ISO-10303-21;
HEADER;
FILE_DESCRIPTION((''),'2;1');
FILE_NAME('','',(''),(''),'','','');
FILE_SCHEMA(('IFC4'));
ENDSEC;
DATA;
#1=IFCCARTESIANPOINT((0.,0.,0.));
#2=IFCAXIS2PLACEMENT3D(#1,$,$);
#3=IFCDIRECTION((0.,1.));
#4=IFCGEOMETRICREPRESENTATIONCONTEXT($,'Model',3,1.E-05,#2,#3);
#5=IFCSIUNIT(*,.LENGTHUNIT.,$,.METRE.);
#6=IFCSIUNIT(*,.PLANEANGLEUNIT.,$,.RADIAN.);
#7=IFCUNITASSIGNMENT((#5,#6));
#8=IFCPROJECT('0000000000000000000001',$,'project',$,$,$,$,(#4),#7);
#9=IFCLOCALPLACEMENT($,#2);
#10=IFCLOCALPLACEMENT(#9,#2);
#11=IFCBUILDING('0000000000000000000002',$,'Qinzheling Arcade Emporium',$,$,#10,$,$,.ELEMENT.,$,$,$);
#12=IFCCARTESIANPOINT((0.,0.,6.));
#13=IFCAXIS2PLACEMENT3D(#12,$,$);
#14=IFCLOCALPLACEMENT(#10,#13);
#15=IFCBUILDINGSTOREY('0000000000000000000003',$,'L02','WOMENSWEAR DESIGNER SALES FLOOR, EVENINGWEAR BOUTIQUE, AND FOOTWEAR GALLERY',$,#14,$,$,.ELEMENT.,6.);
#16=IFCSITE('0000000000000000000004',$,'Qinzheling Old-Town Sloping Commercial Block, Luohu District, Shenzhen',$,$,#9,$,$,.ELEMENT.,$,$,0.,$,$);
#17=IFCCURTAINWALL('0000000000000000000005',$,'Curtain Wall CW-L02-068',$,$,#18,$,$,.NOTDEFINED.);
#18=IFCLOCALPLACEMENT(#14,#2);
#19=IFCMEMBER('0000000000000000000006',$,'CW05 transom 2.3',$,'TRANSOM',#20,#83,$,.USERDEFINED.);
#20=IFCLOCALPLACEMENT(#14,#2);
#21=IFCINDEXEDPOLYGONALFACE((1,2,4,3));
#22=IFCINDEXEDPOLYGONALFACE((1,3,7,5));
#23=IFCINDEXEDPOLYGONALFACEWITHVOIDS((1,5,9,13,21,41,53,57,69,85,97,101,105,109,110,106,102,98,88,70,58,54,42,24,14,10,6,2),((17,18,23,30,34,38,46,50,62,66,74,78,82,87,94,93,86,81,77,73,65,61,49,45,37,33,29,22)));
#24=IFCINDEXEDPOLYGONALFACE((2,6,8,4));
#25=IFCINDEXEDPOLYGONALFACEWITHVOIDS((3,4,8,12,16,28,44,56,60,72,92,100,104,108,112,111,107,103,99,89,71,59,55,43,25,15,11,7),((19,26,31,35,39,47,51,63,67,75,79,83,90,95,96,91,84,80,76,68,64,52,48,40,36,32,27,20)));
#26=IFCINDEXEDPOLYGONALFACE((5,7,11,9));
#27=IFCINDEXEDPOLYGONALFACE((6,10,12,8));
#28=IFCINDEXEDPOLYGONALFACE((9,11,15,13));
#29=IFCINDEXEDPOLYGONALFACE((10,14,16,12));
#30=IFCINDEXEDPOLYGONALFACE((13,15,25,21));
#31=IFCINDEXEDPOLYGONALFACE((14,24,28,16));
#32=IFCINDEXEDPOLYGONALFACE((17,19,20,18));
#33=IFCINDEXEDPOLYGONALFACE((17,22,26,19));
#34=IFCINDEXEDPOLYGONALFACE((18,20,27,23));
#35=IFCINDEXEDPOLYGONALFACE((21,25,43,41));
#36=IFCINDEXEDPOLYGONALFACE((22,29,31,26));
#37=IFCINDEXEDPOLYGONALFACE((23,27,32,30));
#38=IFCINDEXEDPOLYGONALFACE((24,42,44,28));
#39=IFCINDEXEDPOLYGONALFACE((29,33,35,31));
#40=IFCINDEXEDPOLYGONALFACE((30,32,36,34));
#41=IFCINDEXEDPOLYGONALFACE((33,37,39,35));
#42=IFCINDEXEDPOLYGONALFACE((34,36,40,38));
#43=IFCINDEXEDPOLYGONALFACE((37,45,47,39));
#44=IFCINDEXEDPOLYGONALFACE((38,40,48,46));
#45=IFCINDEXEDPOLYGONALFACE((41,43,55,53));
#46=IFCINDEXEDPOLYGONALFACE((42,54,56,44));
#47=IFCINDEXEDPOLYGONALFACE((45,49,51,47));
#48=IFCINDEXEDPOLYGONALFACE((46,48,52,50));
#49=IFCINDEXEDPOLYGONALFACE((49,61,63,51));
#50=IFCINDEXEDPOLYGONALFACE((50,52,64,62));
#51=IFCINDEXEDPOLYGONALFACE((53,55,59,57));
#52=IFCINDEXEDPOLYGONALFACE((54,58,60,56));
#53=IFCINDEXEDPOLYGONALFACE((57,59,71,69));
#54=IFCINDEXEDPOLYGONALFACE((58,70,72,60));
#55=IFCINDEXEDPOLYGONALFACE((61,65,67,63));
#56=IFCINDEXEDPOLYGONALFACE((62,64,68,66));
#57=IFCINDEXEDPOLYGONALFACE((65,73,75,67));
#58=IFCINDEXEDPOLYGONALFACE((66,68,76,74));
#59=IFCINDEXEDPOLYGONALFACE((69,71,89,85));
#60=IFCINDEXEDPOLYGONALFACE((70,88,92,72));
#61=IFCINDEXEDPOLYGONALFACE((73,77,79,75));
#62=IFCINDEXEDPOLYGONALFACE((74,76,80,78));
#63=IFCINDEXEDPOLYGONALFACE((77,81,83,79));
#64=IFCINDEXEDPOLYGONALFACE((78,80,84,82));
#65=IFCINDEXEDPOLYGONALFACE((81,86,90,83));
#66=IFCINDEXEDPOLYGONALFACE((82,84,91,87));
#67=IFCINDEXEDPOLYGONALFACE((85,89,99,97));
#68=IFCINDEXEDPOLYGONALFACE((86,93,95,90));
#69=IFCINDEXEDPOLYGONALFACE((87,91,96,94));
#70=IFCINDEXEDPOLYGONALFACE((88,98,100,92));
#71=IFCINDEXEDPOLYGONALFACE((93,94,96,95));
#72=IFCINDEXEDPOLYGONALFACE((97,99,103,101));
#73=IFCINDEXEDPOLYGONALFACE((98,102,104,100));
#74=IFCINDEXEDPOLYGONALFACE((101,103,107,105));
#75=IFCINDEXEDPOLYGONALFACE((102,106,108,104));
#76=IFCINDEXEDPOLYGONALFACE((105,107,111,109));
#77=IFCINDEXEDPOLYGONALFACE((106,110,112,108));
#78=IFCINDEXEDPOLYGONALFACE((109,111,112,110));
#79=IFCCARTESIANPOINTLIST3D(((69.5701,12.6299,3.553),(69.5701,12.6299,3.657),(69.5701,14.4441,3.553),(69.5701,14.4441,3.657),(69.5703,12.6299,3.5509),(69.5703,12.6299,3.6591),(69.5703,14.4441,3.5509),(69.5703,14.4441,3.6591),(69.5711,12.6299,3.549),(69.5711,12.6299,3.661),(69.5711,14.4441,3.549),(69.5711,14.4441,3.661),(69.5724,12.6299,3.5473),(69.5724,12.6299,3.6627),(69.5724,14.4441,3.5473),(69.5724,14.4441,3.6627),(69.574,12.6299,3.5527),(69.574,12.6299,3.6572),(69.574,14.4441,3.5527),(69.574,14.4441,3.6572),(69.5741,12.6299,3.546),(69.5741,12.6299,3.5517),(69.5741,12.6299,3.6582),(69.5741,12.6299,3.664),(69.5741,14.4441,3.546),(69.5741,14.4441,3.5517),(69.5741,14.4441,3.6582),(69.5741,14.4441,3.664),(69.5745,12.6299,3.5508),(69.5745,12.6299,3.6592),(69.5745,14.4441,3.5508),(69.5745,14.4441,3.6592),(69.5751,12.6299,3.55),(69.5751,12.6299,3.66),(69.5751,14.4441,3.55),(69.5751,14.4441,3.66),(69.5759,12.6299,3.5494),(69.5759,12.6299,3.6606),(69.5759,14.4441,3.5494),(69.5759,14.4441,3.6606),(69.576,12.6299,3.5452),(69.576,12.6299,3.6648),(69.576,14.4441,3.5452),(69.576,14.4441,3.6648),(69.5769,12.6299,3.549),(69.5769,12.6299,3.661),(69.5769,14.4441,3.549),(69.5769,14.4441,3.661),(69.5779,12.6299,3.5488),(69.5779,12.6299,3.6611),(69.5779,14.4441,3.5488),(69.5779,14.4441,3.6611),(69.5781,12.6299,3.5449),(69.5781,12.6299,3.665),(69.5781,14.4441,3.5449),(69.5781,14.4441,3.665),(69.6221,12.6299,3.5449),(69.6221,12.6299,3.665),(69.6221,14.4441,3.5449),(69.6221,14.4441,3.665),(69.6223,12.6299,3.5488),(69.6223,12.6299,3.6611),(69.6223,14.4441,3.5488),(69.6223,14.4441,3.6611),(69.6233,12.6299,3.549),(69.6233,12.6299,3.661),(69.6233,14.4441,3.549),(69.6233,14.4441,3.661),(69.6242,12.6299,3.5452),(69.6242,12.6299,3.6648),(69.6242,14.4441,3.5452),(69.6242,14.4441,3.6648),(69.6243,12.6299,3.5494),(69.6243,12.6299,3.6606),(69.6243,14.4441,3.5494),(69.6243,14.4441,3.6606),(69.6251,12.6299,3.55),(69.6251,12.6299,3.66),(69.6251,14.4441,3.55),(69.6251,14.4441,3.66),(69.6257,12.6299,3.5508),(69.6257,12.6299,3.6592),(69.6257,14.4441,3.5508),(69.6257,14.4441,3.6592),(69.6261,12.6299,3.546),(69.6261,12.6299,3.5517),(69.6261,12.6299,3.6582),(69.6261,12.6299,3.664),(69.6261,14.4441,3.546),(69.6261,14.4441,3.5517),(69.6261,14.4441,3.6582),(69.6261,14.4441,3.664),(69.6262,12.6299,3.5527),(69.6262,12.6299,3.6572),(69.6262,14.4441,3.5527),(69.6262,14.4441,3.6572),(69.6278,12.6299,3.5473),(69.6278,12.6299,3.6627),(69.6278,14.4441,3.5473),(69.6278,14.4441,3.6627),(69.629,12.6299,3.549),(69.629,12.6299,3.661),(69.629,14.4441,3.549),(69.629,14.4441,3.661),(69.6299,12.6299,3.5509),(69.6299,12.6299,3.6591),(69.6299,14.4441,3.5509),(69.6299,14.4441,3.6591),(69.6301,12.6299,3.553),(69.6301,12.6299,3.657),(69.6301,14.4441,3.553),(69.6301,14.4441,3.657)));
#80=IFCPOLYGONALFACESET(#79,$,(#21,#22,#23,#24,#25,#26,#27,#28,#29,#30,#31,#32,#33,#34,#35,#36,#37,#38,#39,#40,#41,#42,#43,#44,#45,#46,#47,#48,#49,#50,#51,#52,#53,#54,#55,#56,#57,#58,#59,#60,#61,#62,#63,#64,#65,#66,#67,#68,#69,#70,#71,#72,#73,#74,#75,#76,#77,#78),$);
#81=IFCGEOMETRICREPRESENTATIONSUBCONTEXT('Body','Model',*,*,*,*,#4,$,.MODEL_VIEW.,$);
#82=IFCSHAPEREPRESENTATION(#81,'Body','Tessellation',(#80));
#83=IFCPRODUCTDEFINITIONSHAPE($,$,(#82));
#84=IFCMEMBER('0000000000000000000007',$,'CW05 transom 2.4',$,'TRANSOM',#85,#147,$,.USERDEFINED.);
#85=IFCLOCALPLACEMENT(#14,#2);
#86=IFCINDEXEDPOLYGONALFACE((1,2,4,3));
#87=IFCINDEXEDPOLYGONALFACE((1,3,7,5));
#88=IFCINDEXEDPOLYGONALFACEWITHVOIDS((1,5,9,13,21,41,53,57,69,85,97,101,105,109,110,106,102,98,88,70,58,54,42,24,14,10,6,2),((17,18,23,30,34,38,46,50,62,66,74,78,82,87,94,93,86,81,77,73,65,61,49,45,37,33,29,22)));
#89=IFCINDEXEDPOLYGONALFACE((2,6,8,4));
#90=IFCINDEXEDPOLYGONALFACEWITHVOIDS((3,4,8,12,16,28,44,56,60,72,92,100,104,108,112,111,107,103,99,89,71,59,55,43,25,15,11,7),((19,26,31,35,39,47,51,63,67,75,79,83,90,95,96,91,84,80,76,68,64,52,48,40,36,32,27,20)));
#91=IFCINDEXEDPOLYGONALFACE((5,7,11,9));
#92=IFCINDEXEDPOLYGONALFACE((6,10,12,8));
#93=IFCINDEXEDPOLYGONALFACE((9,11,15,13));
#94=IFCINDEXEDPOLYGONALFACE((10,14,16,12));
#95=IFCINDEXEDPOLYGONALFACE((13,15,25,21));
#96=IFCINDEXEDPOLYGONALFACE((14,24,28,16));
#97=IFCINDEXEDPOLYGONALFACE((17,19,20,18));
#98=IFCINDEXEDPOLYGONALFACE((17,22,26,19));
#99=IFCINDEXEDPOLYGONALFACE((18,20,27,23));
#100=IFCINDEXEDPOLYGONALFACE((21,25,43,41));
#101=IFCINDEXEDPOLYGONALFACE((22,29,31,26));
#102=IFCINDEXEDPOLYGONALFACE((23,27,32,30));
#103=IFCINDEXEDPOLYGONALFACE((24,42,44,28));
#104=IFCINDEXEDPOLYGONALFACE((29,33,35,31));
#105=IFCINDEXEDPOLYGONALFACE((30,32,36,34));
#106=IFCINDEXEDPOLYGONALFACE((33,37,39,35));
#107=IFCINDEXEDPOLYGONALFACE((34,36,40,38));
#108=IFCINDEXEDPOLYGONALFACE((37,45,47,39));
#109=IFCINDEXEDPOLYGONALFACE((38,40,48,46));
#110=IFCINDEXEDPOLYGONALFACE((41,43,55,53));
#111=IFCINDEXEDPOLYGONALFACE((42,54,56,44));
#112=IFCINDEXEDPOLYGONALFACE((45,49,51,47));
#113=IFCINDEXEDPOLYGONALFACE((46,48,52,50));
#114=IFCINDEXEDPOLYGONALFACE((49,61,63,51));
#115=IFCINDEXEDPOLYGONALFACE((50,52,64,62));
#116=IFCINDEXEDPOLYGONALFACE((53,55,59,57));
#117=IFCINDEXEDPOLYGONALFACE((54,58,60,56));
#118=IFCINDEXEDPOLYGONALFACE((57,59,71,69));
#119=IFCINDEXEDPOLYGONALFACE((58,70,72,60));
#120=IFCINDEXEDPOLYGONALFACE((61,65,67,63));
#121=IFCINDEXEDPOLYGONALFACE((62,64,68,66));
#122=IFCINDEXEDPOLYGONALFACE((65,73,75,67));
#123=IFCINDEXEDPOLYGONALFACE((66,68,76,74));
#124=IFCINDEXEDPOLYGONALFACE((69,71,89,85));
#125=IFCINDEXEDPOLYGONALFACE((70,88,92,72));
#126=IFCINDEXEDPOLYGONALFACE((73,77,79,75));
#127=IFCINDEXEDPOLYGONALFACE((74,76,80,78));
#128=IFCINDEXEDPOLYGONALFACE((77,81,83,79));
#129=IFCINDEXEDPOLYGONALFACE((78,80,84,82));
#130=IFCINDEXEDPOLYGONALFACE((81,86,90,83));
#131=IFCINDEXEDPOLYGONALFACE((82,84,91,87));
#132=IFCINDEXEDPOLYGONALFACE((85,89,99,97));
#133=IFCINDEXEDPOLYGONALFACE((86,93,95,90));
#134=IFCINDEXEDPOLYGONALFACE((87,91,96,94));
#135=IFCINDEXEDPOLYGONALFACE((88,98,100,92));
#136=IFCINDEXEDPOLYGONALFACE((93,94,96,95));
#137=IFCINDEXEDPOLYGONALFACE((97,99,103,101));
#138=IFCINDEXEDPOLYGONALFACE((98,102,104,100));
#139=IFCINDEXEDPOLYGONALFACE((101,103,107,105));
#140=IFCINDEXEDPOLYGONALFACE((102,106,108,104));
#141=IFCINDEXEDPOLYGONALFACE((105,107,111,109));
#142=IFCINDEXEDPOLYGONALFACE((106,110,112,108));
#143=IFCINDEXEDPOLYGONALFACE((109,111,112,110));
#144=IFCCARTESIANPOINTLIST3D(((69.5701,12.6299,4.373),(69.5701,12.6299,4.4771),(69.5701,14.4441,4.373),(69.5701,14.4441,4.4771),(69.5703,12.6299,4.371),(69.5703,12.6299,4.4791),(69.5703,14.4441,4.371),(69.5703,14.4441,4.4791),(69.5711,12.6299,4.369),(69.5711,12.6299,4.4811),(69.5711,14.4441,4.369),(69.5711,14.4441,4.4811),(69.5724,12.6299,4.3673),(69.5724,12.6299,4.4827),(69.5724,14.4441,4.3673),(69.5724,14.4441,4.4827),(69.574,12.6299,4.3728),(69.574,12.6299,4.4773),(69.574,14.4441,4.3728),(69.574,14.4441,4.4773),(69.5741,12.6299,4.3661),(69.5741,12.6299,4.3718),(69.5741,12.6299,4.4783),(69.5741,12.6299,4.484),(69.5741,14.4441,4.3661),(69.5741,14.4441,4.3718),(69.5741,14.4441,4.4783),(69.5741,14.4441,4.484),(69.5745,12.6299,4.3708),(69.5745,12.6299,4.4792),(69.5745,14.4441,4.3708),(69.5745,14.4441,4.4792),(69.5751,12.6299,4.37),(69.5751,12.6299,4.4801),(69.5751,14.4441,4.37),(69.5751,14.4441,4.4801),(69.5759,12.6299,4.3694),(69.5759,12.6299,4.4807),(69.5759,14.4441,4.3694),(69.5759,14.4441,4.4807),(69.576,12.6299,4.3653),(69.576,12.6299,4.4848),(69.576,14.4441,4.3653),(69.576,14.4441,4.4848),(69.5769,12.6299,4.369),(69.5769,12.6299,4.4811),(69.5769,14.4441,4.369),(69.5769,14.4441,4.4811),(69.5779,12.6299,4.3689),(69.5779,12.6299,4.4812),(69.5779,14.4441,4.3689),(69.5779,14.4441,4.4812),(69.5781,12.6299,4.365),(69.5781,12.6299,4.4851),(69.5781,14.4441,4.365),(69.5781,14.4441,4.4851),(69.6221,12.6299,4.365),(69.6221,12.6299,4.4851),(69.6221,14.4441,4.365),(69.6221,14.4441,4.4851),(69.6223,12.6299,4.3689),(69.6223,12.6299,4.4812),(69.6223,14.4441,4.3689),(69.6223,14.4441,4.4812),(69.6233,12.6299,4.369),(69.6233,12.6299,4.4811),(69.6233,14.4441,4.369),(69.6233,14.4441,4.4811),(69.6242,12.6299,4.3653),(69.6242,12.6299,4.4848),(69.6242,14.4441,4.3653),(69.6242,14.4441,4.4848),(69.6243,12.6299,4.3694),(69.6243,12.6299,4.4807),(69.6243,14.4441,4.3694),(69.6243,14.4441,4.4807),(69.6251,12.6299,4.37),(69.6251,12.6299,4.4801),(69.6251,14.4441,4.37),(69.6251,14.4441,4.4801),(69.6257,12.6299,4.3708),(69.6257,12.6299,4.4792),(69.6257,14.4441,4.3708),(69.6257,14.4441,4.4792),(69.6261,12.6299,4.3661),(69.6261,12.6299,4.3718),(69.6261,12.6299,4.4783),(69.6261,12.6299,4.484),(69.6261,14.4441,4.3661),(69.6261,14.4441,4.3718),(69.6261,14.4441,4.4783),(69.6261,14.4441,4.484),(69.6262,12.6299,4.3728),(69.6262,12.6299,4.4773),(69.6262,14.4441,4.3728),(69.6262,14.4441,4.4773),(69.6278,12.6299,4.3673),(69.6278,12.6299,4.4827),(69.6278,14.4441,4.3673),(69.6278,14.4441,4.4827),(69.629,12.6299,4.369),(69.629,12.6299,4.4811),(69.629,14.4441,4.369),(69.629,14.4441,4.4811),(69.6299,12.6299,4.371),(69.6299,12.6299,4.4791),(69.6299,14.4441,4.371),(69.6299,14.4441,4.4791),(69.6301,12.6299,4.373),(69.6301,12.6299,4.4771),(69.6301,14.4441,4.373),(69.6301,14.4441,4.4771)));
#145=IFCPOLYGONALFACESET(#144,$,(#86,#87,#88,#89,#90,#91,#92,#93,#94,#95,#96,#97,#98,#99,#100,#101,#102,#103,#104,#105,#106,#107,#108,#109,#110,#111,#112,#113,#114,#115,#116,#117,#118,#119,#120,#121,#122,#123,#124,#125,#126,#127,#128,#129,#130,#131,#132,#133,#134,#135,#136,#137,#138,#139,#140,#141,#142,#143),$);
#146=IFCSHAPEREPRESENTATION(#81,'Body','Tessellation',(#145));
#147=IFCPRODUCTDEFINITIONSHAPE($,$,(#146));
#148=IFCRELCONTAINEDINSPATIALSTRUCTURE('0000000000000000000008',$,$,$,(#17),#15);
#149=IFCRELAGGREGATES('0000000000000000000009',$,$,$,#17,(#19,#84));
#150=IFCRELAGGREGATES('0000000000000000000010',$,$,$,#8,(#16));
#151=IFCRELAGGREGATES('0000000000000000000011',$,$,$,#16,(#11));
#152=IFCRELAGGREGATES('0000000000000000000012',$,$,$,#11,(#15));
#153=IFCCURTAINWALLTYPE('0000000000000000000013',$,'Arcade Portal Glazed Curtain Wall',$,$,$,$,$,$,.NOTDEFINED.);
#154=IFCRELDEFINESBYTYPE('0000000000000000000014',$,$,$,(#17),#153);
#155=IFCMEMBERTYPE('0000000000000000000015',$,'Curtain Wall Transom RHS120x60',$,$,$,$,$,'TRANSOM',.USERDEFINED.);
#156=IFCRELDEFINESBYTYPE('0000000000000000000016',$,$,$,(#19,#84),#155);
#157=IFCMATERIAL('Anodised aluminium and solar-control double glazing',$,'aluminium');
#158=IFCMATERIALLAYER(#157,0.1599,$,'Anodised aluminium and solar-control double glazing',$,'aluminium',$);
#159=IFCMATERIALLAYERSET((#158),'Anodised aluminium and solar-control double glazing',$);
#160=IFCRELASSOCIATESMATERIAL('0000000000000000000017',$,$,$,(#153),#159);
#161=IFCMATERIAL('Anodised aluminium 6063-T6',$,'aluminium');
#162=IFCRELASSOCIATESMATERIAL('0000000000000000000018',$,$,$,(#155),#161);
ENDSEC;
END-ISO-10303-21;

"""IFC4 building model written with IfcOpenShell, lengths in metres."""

from ifc_helpers import new_model, si_unit, direction, frame, origin, origin_2d, place, context, subcontext, project, spatial, hollow_rectangle, extrude, material, layer, layer_set, material_profile, profile_set, type_object, element, aggregate, save


model = new_model("IFC4")

# Units and contexts
model_context = context("Model", 3, precision=1e-05, world=origin(), true_north=direction((0.0, 1.0)))
body_context = subcontext(model_context, "Body", "Model", "MODEL_VIEW")
ifc_project = project(units=[si_unit("LENGTHUNIT", "METRE"), si_unit("PLANEANGLEUNIT", "RADIAN")], contexts=[model_context])

# Site, building, storey
site_placement = place(None, origin())
site = spatial("IfcSite", under=ifc_project, at=site_placement, Name="Qinzheling Old-Town Sloping Commercial Block, Luohu District, Shenzhen", CompositionType="ELEMENT", RefElevation=0.0)
building_placement = place(site_placement, origin())
building = spatial("IfcBuilding", under=site, at=building_placement, Name="Qinzheling Arcade Emporium", CompositionType="ELEMENT")
storey_placement = place(building_placement, frame((0.0, 0.0, 6.0)))
storey = spatial("IfcBuildingStorey", under=building, at=storey_placement, Name="L02", Description="WOMENSWEAR DESIGNER SALES FLOOR, EVENINGWEAR BOUTIQUE, AND FOOTWEAR GALLERY", CompositionType="ELEMENT", Elevation=6.0)

# Curtain wall, members
ifc_material_1 = material(Name="Anodised aluminium and solar-control double glazing", Category="aluminium")
ifc_layer_1 = layer(ifc_material_1, 0.1599, Name="Anodised aluminium and solar-control double glazing", Category="aluminium")
ifc_layer_set_1 = layer_set([ifc_layer_1], Name="Anodised aluminium and solar-control double glazing")
curtain_wall_type = type_object("IfcCurtainWallType", Name="Arcade Portal Glazed Curtain Wall", PredefinedType="NOTDEFINED", material=ifc_layer_set_1)
curtain_wall_placement = place(storey_placement, origin())
curtain_wall = element("IfcCurtainWall", 1, at=curtain_wall_placement, inside=storey, type_object=curtain_wall_type, Name="Curtain Wall CW-L02-068", PredefinedType="NOTDEFINED")
ifc_material_2 = material(Name="Anodised aluminium 6063-T6", Category="aluminium")
ifc_material_profile_1 = material_profile(ifc_material_2, hollow_rectangle(XDim=0.0601, YDim=0.1201, WallThickness=0.0039, InnerFilletRadius=0.0039, OuterFilletRadius=0.0081, at=origin_2d()), Name="RHS 120x60x4", Category="aluminium")
ifc_profile_set_1 = profile_set([ifc_material_profile_1], Name="Anodised aluminium 6063-T6")
member_type_1 = type_object("IfcMemberType", Name="Curtain Wall Transom RHS120x60", ElementType="TRANSOM", PredefinedType="USERDEFINED", material=ifc_profile_set_1)
member_1_placement = place(storey_placement, frame((69.6001, 14.4441, 3.605), z_axis=(0.0, -1.0, 0.0), x_axis=(1.0, 0.0, 0.0)))
member_1 = element("IfcMember", 2, at=member_1_placement, type_object=member_type_1, Name="CW05 transom 2.3", ObjectType="TRANSOM", PredefinedType="USERDEFINED", context=body_context, shape_type="SweptSolid", body=[
    extrude(hollow_rectangle(XDim=0.0601, YDim=0.1201, WallThickness=0.0039, InnerFilletRadius=0.0039, OuterFilletRadius=0.0081, at=origin_2d()), origin(), (0.0, 0.0, 1.0), 1.8142),
])
member_2_placement = place(storey_placement, frame((69.6001, 14.4441, 4.425), z_axis=(0.0, -1.0, 0.0), x_axis=(1.0, 0.0, 0.0)))
member_2 = element("IfcMember", 3, at=member_2_placement, type_object=member_type_1, Name="CW05 transom 2.4", ObjectType="TRANSOM", PredefinedType="USERDEFINED", context=body_context, shape_type="SweptSolid", body=[
    extrude(hollow_rectangle(XDim=0.0601, YDim=0.1201, WallThickness=0.0039, InnerFilletRadius=0.0039, OuterFilletRadius=0.0081, at=origin_2d()), origin(), (0.0, 0.0, 1.0), 1.8142),
])
aggregate(curtain_wall, [member_1, member_2])

save(model, "model.ifc")
